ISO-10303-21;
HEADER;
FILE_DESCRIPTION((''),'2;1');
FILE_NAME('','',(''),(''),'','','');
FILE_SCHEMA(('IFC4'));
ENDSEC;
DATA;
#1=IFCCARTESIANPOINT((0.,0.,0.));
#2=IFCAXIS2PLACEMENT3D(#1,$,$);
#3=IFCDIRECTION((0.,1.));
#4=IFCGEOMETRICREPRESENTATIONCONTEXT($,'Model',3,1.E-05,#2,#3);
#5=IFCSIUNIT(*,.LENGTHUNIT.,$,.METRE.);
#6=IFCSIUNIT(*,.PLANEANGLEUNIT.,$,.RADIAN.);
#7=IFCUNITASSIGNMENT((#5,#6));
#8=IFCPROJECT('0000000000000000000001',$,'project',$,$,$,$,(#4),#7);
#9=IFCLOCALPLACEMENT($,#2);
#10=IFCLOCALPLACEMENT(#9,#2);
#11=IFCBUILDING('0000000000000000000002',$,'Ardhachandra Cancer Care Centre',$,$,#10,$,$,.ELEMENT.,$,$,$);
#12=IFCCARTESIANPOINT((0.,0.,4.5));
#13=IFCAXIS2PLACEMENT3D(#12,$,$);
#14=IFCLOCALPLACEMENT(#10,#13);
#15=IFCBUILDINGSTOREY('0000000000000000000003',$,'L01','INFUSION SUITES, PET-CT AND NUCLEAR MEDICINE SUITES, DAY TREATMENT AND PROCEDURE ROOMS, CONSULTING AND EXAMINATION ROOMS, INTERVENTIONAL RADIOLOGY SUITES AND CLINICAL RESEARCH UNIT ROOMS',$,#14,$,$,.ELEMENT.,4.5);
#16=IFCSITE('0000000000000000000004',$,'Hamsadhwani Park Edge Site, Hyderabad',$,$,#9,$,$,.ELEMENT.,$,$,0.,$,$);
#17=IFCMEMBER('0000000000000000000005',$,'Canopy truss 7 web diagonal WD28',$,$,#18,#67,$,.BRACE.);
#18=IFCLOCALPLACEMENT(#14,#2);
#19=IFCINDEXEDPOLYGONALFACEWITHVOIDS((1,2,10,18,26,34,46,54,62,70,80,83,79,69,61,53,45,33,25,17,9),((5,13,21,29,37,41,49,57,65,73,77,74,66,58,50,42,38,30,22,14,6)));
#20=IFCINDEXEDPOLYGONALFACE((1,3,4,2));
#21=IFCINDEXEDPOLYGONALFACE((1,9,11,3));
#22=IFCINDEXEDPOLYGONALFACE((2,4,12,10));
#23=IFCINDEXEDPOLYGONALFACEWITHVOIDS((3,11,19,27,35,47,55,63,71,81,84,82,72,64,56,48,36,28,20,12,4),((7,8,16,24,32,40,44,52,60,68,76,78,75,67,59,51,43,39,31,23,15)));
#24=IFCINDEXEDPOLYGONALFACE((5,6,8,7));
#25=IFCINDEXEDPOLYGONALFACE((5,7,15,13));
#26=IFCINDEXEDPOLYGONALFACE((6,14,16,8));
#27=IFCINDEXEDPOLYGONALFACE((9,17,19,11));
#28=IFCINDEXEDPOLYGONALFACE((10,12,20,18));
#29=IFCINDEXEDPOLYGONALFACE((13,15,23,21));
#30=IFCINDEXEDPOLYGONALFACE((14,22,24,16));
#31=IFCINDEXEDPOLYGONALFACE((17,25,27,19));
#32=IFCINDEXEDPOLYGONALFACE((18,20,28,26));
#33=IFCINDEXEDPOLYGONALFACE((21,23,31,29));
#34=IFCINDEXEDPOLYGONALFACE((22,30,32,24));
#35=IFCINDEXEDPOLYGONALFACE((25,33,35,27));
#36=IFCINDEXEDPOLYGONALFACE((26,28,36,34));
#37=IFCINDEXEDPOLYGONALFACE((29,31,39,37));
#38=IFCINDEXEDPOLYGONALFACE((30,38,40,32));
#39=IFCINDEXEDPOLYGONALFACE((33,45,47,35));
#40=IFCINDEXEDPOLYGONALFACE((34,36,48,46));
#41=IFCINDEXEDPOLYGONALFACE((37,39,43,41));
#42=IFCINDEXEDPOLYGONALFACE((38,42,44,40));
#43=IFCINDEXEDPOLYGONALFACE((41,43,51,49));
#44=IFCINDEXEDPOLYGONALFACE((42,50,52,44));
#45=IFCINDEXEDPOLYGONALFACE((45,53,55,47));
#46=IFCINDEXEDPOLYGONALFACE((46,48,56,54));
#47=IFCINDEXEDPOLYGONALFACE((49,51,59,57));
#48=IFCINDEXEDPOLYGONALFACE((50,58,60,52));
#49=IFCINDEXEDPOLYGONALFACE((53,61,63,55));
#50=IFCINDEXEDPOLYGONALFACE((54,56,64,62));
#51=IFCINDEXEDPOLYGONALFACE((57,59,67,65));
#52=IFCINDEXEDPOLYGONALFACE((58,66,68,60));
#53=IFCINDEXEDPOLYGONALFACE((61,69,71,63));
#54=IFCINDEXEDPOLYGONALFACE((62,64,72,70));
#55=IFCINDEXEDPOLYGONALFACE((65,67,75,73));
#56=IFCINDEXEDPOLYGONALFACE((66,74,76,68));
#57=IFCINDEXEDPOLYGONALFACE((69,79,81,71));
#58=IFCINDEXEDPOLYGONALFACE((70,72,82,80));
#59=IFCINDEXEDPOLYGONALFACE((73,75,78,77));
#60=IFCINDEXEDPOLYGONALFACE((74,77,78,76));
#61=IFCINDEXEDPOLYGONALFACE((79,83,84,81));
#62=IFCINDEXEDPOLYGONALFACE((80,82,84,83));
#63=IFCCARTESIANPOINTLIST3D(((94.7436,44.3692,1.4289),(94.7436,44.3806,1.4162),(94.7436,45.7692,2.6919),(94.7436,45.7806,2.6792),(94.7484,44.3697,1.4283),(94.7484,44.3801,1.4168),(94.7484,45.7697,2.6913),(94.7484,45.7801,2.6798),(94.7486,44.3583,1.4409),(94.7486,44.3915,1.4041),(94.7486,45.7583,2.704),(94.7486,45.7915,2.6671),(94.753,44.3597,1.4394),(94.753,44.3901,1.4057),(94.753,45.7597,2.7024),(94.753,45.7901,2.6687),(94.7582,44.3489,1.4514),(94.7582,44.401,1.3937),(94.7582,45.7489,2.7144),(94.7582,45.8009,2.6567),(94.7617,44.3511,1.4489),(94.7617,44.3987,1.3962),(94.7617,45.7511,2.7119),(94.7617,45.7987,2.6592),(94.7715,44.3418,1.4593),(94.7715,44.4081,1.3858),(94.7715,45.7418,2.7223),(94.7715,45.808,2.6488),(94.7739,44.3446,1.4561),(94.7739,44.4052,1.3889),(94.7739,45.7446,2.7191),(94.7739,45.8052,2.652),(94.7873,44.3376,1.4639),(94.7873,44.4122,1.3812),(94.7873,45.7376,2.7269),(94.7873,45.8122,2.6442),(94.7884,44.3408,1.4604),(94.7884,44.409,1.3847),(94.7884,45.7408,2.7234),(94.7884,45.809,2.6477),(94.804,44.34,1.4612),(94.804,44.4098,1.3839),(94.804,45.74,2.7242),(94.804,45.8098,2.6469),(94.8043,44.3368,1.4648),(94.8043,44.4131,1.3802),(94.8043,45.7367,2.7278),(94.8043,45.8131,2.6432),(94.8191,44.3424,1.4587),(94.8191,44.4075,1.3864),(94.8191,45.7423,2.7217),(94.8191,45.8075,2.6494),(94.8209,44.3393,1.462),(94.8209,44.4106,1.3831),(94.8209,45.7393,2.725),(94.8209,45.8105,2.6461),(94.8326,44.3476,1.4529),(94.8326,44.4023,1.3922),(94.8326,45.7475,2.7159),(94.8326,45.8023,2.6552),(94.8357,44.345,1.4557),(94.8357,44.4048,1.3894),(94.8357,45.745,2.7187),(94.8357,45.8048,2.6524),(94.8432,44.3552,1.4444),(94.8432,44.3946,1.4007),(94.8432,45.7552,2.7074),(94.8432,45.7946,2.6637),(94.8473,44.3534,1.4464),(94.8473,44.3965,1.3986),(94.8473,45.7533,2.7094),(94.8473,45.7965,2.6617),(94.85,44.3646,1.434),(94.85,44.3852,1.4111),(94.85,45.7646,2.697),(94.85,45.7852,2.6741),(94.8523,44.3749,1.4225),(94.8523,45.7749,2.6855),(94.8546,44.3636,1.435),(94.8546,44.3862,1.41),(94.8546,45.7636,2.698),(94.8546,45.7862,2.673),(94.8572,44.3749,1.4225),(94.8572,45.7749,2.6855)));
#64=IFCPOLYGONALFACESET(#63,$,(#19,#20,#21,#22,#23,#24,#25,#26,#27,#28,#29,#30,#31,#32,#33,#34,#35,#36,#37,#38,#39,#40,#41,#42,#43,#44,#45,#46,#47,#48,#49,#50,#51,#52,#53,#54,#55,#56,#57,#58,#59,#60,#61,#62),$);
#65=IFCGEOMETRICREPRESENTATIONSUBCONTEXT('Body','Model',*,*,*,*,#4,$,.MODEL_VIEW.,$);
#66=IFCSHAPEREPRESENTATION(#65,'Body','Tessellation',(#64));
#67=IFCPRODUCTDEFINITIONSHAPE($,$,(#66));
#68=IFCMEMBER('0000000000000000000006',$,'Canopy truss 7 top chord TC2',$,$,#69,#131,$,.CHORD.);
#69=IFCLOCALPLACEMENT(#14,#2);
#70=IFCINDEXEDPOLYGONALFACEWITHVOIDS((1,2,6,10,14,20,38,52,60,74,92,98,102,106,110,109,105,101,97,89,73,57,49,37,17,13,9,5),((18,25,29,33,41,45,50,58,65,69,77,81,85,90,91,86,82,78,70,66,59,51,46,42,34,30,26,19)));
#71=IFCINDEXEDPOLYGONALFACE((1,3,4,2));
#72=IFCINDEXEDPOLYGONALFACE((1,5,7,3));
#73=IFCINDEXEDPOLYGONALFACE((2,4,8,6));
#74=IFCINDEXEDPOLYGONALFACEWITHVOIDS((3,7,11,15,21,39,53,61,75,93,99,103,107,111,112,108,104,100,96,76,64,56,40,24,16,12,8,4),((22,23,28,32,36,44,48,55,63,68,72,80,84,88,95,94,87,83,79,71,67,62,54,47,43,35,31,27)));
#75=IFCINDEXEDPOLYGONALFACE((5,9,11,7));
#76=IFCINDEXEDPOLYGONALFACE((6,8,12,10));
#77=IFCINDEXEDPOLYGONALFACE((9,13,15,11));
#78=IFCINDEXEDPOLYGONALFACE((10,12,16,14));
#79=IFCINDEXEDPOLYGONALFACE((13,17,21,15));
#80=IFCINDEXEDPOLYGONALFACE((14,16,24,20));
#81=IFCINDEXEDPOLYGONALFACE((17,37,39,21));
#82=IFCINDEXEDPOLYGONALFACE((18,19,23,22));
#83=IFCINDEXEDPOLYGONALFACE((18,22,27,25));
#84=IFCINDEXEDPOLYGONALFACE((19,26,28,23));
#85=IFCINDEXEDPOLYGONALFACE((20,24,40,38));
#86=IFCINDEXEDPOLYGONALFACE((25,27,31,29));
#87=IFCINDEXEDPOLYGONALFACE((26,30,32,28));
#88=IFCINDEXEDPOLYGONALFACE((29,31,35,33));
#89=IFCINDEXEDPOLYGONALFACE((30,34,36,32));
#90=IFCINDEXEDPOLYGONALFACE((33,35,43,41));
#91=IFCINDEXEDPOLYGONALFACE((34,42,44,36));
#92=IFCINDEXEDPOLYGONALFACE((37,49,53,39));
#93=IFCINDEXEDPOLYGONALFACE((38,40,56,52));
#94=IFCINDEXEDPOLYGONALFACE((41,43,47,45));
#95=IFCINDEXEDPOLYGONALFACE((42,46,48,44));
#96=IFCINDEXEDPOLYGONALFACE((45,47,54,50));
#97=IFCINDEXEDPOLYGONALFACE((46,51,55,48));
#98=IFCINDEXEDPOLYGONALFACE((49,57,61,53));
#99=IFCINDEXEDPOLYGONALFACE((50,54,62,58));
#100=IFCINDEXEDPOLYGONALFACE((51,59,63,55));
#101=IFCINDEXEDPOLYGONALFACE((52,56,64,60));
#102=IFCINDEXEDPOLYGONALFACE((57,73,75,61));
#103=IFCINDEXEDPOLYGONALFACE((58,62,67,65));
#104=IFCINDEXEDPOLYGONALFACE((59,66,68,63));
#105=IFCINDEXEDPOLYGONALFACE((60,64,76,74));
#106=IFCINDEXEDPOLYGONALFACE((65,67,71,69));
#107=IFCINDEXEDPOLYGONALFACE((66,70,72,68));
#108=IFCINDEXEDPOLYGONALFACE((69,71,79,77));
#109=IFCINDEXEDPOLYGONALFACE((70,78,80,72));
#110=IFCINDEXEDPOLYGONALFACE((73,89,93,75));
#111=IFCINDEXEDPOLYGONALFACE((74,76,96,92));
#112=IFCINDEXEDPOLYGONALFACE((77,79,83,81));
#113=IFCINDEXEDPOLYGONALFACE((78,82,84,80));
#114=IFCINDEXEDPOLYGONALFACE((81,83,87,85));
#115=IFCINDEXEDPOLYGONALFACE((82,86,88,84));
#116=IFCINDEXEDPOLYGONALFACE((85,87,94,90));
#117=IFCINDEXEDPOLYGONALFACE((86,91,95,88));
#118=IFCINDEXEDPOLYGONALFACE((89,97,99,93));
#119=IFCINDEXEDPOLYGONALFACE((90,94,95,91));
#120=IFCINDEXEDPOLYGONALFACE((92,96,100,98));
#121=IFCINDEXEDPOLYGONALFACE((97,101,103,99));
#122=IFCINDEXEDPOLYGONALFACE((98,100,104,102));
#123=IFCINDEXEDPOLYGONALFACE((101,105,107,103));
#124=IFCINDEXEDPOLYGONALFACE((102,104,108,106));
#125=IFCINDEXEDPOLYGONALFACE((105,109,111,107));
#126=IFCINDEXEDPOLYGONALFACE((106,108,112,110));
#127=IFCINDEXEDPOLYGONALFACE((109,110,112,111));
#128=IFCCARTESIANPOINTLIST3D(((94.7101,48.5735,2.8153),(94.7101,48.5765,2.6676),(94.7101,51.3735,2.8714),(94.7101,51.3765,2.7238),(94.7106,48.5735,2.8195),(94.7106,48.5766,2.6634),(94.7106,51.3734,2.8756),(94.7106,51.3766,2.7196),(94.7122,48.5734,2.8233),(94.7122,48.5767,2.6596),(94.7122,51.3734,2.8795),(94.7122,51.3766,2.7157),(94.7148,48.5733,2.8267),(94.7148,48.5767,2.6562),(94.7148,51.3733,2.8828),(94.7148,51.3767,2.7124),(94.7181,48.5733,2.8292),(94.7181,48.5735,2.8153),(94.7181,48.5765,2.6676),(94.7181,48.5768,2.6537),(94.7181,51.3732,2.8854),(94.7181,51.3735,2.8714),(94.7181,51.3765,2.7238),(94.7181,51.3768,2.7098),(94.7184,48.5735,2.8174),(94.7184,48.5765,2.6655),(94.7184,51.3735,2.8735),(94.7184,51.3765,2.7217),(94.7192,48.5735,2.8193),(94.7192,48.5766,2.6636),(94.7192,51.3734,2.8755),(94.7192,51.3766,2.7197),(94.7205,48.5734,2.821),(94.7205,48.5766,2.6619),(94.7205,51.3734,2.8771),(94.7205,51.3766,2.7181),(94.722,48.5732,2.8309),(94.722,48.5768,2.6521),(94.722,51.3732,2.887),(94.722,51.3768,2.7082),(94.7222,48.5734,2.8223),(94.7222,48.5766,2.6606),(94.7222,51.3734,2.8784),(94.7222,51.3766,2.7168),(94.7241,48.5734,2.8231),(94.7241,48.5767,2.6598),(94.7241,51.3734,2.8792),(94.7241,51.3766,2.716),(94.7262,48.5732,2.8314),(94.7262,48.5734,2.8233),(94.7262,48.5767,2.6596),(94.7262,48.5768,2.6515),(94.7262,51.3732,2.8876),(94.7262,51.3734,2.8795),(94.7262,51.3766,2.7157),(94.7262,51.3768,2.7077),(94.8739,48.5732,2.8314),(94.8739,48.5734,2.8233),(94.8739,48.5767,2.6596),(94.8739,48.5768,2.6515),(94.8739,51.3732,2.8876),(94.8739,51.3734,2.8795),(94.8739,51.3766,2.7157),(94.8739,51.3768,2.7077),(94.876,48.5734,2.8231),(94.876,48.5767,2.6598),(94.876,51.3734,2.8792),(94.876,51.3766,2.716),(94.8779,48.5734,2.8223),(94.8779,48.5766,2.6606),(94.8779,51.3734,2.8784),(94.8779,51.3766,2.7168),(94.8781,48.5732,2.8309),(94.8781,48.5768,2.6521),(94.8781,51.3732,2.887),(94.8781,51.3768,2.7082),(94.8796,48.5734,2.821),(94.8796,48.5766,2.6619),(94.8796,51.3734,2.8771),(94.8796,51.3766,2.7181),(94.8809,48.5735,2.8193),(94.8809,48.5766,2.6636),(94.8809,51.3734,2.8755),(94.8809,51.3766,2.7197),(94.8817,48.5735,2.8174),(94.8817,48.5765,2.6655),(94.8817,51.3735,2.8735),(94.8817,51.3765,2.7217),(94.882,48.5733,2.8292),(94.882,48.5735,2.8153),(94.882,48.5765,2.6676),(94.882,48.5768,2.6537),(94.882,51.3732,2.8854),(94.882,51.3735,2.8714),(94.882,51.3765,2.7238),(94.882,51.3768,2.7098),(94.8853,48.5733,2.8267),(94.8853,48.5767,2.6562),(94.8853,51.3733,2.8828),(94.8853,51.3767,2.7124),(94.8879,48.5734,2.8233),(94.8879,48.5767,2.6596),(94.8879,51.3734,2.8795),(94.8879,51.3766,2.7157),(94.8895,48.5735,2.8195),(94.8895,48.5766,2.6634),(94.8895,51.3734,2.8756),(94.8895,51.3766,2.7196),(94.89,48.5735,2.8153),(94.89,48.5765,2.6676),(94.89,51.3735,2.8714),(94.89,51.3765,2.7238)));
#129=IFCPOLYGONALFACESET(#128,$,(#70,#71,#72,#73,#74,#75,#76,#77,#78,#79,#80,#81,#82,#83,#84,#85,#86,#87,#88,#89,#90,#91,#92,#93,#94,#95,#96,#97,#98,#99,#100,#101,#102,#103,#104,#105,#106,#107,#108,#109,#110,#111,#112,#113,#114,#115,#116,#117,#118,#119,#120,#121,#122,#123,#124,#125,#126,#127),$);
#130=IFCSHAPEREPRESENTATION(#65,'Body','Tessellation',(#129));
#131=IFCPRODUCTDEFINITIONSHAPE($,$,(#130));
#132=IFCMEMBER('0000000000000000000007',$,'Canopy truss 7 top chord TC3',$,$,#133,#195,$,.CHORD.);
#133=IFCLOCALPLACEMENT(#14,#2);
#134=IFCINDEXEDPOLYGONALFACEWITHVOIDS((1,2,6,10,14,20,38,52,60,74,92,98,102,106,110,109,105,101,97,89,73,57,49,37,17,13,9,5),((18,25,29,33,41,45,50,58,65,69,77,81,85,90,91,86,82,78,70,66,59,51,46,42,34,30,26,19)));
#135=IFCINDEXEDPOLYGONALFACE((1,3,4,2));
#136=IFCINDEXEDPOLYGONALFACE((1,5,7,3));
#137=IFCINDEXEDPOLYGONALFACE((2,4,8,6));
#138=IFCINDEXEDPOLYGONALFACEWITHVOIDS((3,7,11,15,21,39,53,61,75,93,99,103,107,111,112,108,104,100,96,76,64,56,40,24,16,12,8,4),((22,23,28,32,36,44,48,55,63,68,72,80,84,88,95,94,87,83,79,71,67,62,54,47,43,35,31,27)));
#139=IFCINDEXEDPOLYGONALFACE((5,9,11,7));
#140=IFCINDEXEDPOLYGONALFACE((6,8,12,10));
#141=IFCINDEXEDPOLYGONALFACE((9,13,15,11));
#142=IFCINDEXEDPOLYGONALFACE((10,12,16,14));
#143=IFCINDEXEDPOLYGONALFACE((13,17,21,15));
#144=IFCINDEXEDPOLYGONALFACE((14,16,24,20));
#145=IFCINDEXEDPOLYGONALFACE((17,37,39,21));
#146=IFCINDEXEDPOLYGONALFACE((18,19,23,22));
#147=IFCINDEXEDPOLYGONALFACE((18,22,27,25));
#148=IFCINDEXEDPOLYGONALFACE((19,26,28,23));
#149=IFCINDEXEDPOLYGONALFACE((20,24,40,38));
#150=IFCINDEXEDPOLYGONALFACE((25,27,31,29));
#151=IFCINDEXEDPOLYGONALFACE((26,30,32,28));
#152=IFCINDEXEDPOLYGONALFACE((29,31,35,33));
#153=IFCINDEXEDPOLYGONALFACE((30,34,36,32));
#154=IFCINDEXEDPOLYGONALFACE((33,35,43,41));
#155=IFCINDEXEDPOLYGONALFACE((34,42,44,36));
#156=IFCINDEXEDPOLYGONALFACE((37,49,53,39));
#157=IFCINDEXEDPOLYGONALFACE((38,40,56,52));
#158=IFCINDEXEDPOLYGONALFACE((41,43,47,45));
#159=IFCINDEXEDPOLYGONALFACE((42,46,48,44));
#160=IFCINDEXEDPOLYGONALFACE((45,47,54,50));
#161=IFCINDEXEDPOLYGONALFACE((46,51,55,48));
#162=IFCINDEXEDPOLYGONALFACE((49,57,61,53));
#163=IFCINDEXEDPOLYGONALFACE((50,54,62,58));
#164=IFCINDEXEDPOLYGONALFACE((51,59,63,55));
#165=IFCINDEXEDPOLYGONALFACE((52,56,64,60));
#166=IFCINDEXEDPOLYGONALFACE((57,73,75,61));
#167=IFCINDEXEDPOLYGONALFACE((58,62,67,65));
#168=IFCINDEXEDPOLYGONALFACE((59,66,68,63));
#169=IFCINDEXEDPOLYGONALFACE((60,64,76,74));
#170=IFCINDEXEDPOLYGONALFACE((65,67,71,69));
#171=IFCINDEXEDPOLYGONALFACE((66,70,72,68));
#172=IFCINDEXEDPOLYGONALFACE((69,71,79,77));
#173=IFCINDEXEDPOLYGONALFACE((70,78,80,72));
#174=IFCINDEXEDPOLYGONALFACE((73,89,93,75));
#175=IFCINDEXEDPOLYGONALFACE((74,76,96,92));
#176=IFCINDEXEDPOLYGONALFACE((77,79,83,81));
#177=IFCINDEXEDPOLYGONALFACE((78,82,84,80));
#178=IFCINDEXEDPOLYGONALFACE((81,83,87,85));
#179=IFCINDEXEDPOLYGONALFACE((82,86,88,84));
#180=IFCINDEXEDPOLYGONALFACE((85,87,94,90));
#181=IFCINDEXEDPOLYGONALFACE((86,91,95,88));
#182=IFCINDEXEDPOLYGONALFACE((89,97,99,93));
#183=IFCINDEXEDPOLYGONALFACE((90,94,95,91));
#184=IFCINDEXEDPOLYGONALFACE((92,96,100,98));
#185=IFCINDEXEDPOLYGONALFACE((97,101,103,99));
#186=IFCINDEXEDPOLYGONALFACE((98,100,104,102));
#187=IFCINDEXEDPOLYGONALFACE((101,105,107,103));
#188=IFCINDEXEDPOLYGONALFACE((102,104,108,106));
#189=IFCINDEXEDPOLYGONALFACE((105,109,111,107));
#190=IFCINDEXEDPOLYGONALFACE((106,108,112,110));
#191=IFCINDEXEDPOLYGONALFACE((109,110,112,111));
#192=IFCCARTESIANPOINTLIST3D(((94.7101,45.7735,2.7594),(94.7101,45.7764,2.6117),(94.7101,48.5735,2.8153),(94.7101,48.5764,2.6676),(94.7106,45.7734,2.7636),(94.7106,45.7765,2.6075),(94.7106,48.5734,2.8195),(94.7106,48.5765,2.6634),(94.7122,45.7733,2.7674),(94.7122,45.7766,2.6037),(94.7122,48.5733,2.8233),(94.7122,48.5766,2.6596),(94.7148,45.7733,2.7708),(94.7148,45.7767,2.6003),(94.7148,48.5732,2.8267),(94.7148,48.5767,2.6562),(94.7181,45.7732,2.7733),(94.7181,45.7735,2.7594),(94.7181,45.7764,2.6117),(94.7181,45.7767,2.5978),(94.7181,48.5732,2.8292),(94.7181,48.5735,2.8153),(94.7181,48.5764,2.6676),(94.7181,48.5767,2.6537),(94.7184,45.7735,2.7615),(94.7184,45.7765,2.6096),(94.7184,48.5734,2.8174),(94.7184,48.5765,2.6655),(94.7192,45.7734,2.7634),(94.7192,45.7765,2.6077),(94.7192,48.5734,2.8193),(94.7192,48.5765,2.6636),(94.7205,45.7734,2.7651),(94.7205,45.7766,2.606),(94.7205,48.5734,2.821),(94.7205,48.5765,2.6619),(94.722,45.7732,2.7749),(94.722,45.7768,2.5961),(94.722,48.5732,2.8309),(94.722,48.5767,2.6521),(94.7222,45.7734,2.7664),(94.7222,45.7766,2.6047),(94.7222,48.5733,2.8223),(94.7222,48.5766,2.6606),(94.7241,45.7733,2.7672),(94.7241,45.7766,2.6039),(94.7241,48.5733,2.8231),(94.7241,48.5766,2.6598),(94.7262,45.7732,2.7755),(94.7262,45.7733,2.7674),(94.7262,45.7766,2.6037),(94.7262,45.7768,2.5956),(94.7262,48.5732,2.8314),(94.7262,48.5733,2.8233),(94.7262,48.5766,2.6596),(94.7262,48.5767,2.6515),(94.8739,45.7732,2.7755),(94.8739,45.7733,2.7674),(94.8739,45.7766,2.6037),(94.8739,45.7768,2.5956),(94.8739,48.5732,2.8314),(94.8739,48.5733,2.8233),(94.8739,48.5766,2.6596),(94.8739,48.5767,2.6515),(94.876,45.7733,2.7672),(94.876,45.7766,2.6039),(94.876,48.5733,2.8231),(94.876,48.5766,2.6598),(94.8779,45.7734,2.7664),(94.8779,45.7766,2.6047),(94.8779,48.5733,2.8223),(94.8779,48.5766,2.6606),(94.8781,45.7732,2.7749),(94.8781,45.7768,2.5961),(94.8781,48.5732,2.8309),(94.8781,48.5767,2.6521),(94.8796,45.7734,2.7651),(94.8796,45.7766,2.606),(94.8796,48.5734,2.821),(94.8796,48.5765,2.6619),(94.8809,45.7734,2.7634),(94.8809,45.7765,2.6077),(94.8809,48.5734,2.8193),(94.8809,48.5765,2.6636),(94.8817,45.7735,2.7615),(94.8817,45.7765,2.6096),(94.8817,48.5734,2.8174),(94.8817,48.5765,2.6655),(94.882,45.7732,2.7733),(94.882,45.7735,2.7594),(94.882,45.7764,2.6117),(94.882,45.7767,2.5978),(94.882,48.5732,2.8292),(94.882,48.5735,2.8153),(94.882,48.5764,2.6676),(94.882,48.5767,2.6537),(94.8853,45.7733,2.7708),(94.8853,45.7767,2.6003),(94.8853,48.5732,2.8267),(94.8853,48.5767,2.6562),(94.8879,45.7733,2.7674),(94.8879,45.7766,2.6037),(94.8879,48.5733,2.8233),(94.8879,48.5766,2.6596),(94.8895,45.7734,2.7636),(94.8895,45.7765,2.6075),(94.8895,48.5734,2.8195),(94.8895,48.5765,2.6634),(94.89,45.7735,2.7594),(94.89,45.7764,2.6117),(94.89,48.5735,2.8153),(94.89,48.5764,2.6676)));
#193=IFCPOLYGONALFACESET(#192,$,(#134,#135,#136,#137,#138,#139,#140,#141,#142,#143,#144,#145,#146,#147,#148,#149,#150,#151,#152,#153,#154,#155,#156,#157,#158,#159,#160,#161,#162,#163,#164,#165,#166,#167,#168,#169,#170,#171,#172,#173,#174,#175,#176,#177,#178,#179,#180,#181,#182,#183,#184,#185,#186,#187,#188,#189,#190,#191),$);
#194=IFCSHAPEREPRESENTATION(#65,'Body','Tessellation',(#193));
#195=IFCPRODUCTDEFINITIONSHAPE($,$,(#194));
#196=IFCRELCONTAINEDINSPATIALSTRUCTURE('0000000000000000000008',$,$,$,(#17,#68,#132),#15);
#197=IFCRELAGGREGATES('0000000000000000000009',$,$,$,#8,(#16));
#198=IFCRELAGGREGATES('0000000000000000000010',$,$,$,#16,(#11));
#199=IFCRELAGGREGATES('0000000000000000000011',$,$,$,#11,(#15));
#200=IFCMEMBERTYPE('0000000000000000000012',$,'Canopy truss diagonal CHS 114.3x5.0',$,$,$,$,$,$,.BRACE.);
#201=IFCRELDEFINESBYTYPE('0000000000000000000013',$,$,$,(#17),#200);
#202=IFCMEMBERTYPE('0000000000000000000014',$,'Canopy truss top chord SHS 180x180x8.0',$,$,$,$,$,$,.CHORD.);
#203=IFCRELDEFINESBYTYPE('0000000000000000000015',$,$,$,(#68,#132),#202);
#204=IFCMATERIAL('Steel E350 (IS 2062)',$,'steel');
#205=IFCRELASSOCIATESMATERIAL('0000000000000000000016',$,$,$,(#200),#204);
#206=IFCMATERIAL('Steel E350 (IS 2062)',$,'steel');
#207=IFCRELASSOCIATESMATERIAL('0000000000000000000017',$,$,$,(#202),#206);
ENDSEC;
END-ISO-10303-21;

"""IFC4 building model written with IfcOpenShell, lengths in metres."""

from ifc_helpers import new_model, si_unit, direction, frame, origin, origin_2d, place, context, subcontext, project, spatial, hollow_rectangle, hollow_circle, extrude, material, material_profile, profile_set, type_object, element, save


model = new_model("IFC4")

# Units and contexts
model_context = context("Model", 3, precision=1e-05, world=origin(), true_north=direction((0.0, 1.0)))
body_context = subcontext(model_context, "Body", "Model", "MODEL_VIEW")
ifc_project = project(units=[si_unit("LENGTHUNIT", "METRE"), si_unit("PLANEANGLEUNIT", "RADIAN")], contexts=[model_context])

# Site, building, storey
site_placement = place(None, origin())
site = spatial("IfcSite", under=ifc_project, at=site_placement, Name="Hamsadhwani Park Edge Site, Hyderabad", CompositionType="ELEMENT", RefElevation=0.0)
building_placement = place(site_placement, origin())
building = spatial("IfcBuilding", under=site, at=building_placement, Name="Ardhachandra Cancer Care Centre", CompositionType="ELEMENT")
storey_placement = place(building_placement, frame((0.0, 0.0, 4.5)))
storey = spatial("IfcBuildingStorey", under=building, at=storey_placement, Name="L01", Description="INFUSION SUITES, PET-CT AND NUCLEAR MEDICINE SUITES, DAY TREATMENT AND PROCEDURE ROOMS, CONSULTING AND EXAMINATION ROOMS, INTERVENTIONAL RADIOLOGY SUITES AND CLINICAL RESEARCH UNIT ROOMS", CompositionType="ELEMENT", Elevation=4.5)

# Members
ifc_material_1 = material(Name="Steel E350 (IS 2062)", Category="steel")
ifc_material_profile_1 = material_profile(ifc_material_1, hollow_circle(Radius=0.0571, WallThickness=0.0049, at=origin_2d()), Name="CHS 114.3x5.0")
ifc_profile_set_1 = profile_set([ifc_material_profile_1], Name="Steel E350 (IS 2062)")
member_type_1 = type_object("IfcMemberType", Name="Canopy truss diagonal CHS 114.3x5.0", PredefinedType="BRACE", material=ifc_profile_set_1)
member_1_placement = place(storey_placement, frame((94.8, 45.7749, 2.6855), z_axis=(0.0, -0.742495, -0.669851), x_axis=(1.0, 0.0, 0.0)))
element("IfcMember", 1, at=member_1_placement, inside=storey, type_object=member_type_1, Name="Canopy truss 7 web diagonal WD28", PredefinedType="BRACE", context=body_context, shape_type="SweptSolid", body=[
    extrude(hollow_circle(Radius=0.0571, WallThickness=0.0049, at=origin_2d()), origin(), (0.0, 0.0, 1.0), 1.8855),
])
ifc_material_2 = material(Name="Steel E350 (IS 2062)", Category="steel")
ifc_material_profile_2 = material_profile(ifc_material_2, hollow_rectangle(XDim=0.1799, YDim=0.1799, WallThickness=0.0081, InnerFilletRadius=0.0081, OuterFilletRadius=0.0161, at=origin_2d()), Name="SHS 180x180x8.0")
ifc_profile_set_2 = profile_set([ifc_material_profile_2], Name="Steel E350 (IS 2062)")
member_type_2 = type_object("IfcMemberType", Name="Canopy truss top chord SHS 180x180x8.0", PredefinedType="CHORD", material=ifc_profile_set_2)
for number, where, z_axis, x_axis, name in (
    (2, (94.8, 51.375, 2.7976), (0.0, -0.999799, -0.02005), (1.0, 0.0, 0.0), "Canopy truss 7 top chord TC2"),
    (3, (94.8, 48.575, 2.7415), (0.0, -0.999801, -0.019963), (1.0, 0.0, 0.0), "Canopy truss 7 top chord TC3"),
):
    element("IfcMember", number, at=place(storey_placement, frame(where, z_axis=z_axis, x_axis=x_axis)), inside=storey, type_object=member_type_2, Name=name, PredefinedType="CHORD", context=body_context, shape_type="SweptSolid", body=[
        extrude(hollow_rectangle(XDim=0.1799, YDim=0.1799, WallThickness=0.0081, InnerFilletRadius=0.0081, OuterFilletRadius=0.0161, at=origin_2d()), origin(), (0.0, 0.0, 1.0), 2.8005),
    ])

save(model, "model.ifc")
